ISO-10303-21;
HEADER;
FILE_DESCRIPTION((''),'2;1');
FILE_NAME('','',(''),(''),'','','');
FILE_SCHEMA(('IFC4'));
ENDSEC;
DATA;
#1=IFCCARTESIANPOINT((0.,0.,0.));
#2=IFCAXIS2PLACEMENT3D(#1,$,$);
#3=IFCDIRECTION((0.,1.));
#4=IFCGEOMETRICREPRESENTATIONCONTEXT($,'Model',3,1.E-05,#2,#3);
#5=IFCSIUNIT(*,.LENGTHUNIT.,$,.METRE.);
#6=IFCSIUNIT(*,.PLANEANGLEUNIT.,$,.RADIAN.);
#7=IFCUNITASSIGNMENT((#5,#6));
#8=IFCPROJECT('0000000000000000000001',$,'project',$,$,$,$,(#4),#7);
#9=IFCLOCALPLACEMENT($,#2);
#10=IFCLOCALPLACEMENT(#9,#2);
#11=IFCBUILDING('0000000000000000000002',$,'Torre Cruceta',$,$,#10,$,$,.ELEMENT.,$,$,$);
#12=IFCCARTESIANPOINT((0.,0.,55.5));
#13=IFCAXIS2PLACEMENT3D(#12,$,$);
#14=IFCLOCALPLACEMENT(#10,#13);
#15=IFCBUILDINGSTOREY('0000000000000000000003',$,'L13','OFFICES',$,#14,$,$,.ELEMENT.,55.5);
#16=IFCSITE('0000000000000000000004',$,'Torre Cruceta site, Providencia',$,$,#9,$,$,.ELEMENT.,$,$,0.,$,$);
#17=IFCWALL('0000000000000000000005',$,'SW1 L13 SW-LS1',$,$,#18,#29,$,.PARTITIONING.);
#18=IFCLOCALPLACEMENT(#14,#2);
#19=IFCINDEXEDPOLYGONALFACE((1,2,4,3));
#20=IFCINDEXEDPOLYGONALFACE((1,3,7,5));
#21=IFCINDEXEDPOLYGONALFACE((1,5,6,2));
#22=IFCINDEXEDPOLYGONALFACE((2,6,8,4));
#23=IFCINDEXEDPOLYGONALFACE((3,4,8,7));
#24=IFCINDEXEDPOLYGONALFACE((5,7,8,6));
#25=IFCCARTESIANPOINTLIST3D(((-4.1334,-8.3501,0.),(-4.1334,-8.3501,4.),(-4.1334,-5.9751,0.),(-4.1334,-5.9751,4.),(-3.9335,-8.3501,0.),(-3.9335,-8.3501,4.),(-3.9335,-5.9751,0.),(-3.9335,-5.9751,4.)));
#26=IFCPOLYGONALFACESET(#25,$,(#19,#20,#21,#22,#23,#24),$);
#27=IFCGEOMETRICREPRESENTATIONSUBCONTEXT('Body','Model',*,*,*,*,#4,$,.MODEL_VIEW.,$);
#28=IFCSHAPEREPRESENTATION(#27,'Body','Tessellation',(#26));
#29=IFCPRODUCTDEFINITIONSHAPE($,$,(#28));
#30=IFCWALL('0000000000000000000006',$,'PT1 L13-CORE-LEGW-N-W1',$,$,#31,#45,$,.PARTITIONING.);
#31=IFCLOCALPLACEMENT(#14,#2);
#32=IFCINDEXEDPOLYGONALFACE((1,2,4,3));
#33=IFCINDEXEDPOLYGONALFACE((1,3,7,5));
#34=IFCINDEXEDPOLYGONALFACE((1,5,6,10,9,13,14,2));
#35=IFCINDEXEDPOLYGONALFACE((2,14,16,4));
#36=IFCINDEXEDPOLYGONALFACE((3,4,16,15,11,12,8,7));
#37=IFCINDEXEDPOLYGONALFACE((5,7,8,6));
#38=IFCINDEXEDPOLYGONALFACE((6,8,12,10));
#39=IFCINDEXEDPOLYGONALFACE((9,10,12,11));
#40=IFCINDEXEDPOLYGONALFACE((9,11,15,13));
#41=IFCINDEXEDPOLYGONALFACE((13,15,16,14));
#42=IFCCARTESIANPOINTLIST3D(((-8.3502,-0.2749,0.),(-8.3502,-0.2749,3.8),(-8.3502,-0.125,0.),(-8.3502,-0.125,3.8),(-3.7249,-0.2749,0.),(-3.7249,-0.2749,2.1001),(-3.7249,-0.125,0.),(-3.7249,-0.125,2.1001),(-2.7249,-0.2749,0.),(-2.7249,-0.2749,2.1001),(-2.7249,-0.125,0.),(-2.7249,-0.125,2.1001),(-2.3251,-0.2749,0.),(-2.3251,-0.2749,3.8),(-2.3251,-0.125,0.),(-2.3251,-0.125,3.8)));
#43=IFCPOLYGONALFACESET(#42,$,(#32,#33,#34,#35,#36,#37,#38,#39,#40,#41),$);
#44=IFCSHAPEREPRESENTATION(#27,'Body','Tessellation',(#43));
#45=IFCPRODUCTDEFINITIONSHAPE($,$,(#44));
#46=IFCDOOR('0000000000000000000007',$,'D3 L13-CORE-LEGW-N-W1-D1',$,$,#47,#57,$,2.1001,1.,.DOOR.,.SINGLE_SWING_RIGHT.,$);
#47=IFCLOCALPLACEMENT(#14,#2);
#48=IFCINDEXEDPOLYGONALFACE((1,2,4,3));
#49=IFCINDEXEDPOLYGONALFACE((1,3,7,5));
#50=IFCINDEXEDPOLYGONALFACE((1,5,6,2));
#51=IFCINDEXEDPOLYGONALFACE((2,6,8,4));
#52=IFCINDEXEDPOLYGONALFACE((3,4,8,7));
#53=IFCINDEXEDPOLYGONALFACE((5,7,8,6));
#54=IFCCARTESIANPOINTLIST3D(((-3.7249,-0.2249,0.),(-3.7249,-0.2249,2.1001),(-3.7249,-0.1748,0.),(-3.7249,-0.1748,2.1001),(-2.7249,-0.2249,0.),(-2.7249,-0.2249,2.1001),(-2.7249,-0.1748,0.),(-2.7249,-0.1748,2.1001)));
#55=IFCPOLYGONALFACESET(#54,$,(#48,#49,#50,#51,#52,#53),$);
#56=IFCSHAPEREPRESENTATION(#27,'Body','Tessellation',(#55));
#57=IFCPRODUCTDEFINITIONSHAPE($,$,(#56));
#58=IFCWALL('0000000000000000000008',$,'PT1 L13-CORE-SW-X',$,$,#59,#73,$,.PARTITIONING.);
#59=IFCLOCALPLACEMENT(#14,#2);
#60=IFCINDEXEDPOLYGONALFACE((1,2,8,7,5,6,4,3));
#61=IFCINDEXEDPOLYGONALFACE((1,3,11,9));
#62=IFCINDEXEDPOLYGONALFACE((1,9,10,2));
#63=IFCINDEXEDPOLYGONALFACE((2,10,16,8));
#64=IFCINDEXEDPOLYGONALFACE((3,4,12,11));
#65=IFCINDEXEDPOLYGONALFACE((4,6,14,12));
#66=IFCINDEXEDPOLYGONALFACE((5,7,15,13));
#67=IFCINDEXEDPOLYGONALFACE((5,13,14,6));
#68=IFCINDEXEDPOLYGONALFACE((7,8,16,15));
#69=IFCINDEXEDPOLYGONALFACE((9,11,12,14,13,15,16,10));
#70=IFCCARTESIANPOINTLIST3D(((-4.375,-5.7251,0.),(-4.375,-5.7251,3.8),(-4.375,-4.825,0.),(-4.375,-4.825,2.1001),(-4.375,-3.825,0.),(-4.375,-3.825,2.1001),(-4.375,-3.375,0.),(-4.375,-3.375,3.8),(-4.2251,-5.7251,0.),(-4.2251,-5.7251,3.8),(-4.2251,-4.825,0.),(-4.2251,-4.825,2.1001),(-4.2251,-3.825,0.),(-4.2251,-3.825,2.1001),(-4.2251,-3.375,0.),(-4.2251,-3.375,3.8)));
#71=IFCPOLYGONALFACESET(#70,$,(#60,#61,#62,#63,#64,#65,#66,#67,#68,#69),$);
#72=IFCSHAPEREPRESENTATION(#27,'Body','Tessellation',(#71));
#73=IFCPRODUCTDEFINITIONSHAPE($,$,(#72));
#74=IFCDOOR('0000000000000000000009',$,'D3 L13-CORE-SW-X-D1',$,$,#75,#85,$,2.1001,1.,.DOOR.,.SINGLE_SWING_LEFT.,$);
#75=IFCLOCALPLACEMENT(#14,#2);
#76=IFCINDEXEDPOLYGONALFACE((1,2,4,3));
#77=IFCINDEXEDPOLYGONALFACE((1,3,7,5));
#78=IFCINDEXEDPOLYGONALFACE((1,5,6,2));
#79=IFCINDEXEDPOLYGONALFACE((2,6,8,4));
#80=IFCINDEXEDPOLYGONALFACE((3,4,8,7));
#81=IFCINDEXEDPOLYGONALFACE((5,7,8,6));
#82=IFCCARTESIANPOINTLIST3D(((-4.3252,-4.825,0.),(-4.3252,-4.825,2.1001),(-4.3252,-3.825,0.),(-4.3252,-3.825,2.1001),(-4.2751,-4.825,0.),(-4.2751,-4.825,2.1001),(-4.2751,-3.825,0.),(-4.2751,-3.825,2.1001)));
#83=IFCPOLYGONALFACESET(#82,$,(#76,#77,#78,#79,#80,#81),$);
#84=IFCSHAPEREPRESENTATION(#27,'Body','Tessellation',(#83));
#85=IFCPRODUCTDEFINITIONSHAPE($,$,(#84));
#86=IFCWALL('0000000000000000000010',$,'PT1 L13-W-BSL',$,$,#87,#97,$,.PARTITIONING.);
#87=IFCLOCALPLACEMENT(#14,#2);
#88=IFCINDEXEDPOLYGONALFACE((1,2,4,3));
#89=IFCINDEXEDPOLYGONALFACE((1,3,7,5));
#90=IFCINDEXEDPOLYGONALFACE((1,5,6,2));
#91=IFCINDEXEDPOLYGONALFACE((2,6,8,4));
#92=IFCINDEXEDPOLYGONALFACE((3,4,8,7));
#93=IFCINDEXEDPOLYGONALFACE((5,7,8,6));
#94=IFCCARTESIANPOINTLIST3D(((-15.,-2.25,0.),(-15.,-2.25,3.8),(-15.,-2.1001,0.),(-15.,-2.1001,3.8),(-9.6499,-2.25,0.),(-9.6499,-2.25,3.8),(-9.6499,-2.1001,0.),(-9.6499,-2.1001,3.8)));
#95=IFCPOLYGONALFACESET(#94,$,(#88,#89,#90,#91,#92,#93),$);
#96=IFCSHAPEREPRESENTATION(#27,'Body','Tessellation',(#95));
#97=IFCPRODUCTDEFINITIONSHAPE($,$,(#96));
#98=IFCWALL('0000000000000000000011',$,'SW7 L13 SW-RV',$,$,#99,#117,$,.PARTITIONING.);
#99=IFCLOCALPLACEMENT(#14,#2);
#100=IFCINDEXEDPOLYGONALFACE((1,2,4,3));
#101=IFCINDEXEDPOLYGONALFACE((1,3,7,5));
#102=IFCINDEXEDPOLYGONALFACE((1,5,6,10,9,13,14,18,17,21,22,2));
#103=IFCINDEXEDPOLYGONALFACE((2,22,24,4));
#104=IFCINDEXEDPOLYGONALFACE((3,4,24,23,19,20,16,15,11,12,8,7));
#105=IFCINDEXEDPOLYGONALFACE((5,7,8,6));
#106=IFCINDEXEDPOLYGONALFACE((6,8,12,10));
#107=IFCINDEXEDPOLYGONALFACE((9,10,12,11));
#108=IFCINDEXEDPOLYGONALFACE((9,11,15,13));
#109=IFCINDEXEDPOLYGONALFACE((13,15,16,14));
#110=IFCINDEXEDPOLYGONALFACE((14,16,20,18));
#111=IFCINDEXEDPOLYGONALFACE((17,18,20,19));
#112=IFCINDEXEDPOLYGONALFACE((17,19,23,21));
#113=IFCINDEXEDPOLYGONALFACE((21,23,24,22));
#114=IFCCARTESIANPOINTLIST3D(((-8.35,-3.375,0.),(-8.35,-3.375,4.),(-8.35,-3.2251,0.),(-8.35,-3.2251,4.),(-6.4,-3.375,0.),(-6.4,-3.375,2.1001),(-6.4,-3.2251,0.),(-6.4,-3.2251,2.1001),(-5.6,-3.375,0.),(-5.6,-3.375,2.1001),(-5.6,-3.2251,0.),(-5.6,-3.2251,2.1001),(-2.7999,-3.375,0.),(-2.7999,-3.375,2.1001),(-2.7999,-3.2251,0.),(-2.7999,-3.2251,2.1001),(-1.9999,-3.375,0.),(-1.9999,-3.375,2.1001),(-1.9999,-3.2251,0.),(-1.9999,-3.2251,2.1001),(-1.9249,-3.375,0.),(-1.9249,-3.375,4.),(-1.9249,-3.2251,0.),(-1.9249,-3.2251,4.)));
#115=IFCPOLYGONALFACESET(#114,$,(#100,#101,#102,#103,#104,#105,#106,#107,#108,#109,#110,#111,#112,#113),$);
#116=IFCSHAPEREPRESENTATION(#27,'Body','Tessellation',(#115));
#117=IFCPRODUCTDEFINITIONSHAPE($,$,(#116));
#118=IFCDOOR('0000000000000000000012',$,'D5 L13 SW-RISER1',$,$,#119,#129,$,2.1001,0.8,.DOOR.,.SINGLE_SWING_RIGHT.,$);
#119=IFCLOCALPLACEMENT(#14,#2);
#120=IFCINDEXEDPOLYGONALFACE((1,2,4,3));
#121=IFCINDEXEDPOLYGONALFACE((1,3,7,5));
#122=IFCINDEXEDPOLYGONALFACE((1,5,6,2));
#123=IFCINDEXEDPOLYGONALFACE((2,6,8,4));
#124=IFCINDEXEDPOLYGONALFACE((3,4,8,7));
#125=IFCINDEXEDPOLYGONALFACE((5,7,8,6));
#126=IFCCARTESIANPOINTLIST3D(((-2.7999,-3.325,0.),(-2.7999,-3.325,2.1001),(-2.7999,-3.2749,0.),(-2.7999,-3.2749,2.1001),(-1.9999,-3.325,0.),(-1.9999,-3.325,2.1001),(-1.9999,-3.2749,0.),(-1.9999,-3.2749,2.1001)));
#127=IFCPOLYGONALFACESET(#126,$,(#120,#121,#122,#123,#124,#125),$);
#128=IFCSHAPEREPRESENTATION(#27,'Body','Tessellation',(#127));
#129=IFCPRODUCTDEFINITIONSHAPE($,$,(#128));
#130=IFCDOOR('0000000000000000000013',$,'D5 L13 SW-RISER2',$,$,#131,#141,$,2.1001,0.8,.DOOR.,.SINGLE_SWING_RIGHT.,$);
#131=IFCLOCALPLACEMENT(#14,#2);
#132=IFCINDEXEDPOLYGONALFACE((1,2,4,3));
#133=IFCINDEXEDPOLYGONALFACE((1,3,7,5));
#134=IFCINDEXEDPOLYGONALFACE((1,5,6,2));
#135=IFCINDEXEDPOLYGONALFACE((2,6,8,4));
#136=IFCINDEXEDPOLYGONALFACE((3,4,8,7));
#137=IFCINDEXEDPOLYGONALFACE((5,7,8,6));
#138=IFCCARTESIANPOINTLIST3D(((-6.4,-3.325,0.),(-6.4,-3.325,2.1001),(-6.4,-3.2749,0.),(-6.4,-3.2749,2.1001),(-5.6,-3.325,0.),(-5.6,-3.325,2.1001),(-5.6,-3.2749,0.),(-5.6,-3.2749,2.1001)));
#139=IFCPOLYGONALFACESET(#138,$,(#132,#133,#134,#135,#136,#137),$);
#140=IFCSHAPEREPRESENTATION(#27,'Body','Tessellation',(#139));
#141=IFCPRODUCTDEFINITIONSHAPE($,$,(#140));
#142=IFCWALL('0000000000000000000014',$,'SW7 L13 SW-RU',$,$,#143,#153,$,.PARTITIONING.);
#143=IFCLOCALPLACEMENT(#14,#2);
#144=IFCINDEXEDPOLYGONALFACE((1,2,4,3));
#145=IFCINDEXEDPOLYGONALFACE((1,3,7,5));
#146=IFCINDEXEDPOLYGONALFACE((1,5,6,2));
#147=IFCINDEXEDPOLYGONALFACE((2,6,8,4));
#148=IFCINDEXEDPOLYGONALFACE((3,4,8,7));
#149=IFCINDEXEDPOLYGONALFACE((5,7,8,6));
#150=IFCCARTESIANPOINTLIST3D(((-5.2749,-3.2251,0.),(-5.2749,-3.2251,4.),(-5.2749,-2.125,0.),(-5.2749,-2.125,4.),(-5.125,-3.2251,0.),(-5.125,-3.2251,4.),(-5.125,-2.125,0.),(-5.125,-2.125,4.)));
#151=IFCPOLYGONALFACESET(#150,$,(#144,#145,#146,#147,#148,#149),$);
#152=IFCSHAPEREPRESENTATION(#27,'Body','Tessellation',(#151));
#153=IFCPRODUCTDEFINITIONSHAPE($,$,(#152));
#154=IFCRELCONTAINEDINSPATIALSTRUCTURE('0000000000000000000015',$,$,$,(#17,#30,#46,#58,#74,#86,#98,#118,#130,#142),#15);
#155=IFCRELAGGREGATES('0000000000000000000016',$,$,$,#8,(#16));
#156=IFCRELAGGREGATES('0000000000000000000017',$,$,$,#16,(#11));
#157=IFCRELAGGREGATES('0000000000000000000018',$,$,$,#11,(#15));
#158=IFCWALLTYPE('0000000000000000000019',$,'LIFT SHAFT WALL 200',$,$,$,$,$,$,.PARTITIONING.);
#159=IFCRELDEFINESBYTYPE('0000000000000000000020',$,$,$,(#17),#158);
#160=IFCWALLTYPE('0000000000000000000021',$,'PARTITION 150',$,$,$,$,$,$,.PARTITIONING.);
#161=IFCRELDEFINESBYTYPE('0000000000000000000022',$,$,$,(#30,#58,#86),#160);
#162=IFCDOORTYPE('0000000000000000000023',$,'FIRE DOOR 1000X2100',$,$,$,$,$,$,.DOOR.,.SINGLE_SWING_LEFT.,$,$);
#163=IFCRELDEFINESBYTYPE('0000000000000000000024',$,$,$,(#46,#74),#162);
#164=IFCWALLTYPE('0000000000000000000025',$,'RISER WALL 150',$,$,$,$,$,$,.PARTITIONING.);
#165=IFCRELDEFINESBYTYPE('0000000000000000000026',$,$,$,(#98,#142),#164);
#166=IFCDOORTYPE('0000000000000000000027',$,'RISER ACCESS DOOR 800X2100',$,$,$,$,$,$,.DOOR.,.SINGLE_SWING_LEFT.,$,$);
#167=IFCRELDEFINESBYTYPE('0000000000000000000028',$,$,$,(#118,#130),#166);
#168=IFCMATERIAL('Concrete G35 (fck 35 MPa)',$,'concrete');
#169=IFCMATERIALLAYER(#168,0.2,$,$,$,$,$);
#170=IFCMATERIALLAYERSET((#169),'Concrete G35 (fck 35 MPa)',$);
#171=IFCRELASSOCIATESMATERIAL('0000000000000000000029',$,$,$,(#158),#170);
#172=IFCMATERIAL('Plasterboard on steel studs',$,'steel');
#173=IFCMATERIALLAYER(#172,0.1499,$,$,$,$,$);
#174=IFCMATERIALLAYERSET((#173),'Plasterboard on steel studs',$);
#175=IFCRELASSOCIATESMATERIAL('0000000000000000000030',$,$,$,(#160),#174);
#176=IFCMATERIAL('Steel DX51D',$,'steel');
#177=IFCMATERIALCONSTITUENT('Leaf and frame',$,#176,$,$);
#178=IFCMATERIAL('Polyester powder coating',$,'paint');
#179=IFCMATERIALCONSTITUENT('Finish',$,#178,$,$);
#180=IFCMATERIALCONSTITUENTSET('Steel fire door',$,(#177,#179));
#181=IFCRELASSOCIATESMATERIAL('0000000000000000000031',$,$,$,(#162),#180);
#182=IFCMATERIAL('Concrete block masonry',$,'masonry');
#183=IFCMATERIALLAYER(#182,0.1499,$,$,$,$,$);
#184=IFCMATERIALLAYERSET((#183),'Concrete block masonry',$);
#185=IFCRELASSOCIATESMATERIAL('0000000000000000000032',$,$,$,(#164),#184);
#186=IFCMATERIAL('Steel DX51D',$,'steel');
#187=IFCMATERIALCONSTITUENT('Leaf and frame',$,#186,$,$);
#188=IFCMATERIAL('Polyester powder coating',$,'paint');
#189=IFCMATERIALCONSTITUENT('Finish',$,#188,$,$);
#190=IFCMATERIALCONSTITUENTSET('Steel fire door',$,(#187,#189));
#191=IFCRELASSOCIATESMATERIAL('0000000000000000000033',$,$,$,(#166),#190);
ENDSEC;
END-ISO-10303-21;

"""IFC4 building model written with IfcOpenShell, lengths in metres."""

from ifc_helpers import new_model, si_unit, direction, frame, frame_2d, origin, place, context, subcontext, project, spatial, rectangle, extrude, material, layer, layer_set, constituent, constituent_set, type_object, element, fill, save


model = new_model("IFC4")

# Units and contexts
model_context = context("Model", 3, precision=1e-05, world=origin(), true_north=direction((0.0, 1.0)))
body_context = subcontext(model_context, "Body", "Model", "MODEL_VIEW")
ifc_project = project(units=[si_unit("LENGTHUNIT", "METRE"), si_unit("PLANEANGLEUNIT", "RADIAN")], contexts=[model_context])

# Site, building, storey
site_placement = place(None, origin())
site = spatial("IfcSite", under=ifc_project, at=site_placement, Name="Torre Cruceta site, Providencia", CompositionType="ELEMENT", RefElevation=0.0)
building_placement = place(site_placement, origin())
building = spatial("IfcBuilding", under=site, at=building_placement, Name="Torre Cruceta", CompositionType="ELEMENT")
storey_placement = place(building_placement, frame((0.0, 0.0, 55.5)))
storey = spatial("IfcBuildingStorey", under=building, at=storey_placement, Name="L13", Description="OFFICES", CompositionType="ELEMENT", Elevation=55.5)

# Wall
ifc_material_1 = material(Name="Concrete G35 (fck 35 MPa)", Category="concrete")
ifc_layer_1 = layer(ifc_material_1, 0.2)
ifc_layer_set_1 = layer_set([ifc_layer_1], Name="Concrete G35 (fck 35 MPa)")
wall_type_1 = type_object("IfcWallType", Name="LIFT SHAFT WALL 200", PredefinedType="PARTITIONING", material=ifc_layer_set_1)
wall_1_placement = place(storey_placement, frame((-4.0334, -5.9751, 0.0), z_axis=(0.0, 0.0, 1.0), x_axis=(0.0, -1.0, 0.0)))
element("IfcWall", 1, at=wall_1_placement, inside=storey, type_object=wall_type_1, Name="SW1 L13 SW-LS1", PredefinedType="PARTITIONING", context=body_context, shape_type="SweptSolid", body=[
    extrude(rectangle(XDim=2.375, YDim=0.2, at=frame_2d((1.1875, 0.0))), origin(), (0.0, 0.0, 1.0), 4.0),
])

# Walls, openings, doors
ifc_material_2 = material(Name="Plasterboard on steel studs", Category="steel")
ifc_layer_2 = layer(ifc_material_2, 0.1499)
ifc_layer_set_2 = layer_set([ifc_layer_2], Name="Plasterboard on steel studs")
wall_type_2 = type_object("IfcWallType", Name="PARTITION 150", PredefinedType="PARTITIONING", material=ifc_layer_set_2)
wall_2_placement = place(storey_placement, frame((-2.325, -0.2, 0.0), z_axis=(0.0, 0.0, 1.0), x_axis=(-1.0, 0.0, 0.0)))
wall_2 = element("IfcWall", 2, at=wall_2_placement, inside=storey, type_object=wall_type_2, Name="PT1 L13-CORE-LEGW-N-W1", PredefinedType="PARTITIONING", context=body_context, shape_type="SweptSolid", body=[
    extrude(rectangle(XDim=6.0251, YDim=0.1499, at=frame_2d((3.0127, 0.0))), origin(), (0.0, 0.0, 1.0), 3.8),
])
opening_1_placement = place(wall_2_placement, frame((0.3999, 0.0, 0.0)))
opening_1 = element("IfcOpeningElement", 3, at=opening_1_placement, cuts=wall_2, PredefinedType="OPENING", context=body_context, shape_type="SweptSolid", body=[
    extrude(rectangle(XDim=1.0, YDim=2.1001, at=frame_2d((0.5, 1.05))), frame((0.0, 0.085, 0.0), z_axis=(0.0, -1.0, 0.0), x_axis=(1.0, 0.0, 0.0)), (0.0, 0.0, 1.0), 0.1699),
])
ifc_material_3 = material(Name="Steel DX51D", Category="steel")
ifc_constituent_1 = constituent(ifc_material_3, Name="Leaf and frame")
ifc_material_4 = material(Name="Polyester powder coating", Category="paint")
ifc_constituent_2 = constituent(ifc_material_4, Name="Finish")
ifc_constituent_set_1 = constituent_set(constituents=[ifc_constituent_1, ifc_constituent_2], Name="Steel fire door")
door_type_1 = type_object("IfcDoorType", Name="FIRE DOOR 1000X2100", OperationType="SINGLE_SWING_LEFT", PredefinedType="DOOR", material=ifc_constituent_set_1)
door_1_placement = place(opening_1_placement, frame((1.0, 0.0, 0.0), z_axis=(0.0, 0.0, 1.0), x_axis=(-1.0, 0.0, 0.0)))
door_1 = element("IfcDoor", 4, at=door_1_placement, inside=storey, type_object=door_type_1, Name="D3 L13-CORE-LEGW-N-W1-D1", OperationType="SINGLE_SWING_RIGHT", OverallHeight=2.1001, OverallWidth=1.0, PredefinedType="DOOR", context=body_context, shape_type="SweptSolid", body=[
    extrude(rectangle(XDim=1.0, YDim=2.1001, at=frame_2d((0.5, 1.05))), frame((0.0, 0.0251, 0.0), z_axis=(0.0, -1.0, 0.0), x_axis=(1.0, 0.0, 0.0)), (0.0, 0.0, 1.0), 0.05),
])
fill(opening_1, door_1)
wall_3_placement = place(storey_placement, frame((-4.3, -3.375, 0.0), z_axis=(0.0, 0.0, 1.0), x_axis=(0.0, -1.0, 0.0)))
wall_3 = element("IfcWall", 5, at=wall_3_placement, inside=storey, type_object=wall_type_2, Name="PT1 L13-CORE-SW-X", PredefinedType="PARTITIONING", context=body_context, shape_type="SweptSolid", body=[
    extrude(rectangle(XDim=2.3501, YDim=0.1499, at=frame_2d((1.175, 0.0))), origin(), (0.0, 0.0, 1.0), 3.8),
])
opening_2_placement = place(wall_3_placement, frame((0.45, 0.0, 0.0)))
opening_2 = element("IfcOpeningElement", 6, at=opening_2_placement, cuts=wall_3, PredefinedType="OPENING", context=body_context, shape_type="SweptSolid", body=[
    extrude(rectangle(XDim=1.0, YDim=2.1001, at=frame_2d((0.5, 1.05))), frame((0.0, 0.085, 0.0), z_axis=(0.0, -1.0, 0.0), x_axis=(1.0, 0.0, 0.0)), (0.0, 0.0, 1.0), 0.1699),
])
door_2_placement = place(opening_2_placement, origin())
door_2 = element("IfcDoor", 7, at=door_2_placement, inside=storey, type_object=door_type_1, Name="D3 L13-CORE-SW-X-D1", OperationType="SINGLE_SWING_LEFT", OverallHeight=2.1001, OverallWidth=1.0, PredefinedType="DOOR", context=body_context, shape_type="SweptSolid", body=[
    extrude(rectangle(XDim=1.0, YDim=2.1001, at=frame_2d((0.5, 1.05))), frame((0.0, 0.0249, 0.0), z_axis=(0.0, -1.0, 0.0), x_axis=(1.0, 0.0, 0.0)), (0.0, 0.0, 1.0), 0.05),
])
fill(opening_2, door_2)

# Wall
wall_4_placement = place(storey_placement, frame((-9.6499, -2.175, 0.0), z_axis=(0.0, 0.0, 1.0), x_axis=(-1.0, 0.0, 0.0)))
element("IfcWall", 8, at=wall_4_placement, inside=storey, type_object=wall_type_2, Name="PT1 L13-W-BSL", PredefinedType="PARTITIONING", context=body_context, shape_type="SweptSolid", body=[
    extrude(rectangle(XDim=5.3501, YDim=0.1499, at=frame_2d((2.675, 0.0))), origin(), (0.0, 0.0, 1.0), 3.8),
])

# Wall, openings, doors
ifc_material_5 = material(Name="Concrete block masonry", Category="masonry")
ifc_layer_3 = layer(ifc_material_5, 0.1499)
ifc_layer_set_3 = layer_set([ifc_layer_3], Name="Concrete block masonry")
wall_type_3 = type_object("IfcWallType", Name="RISER WALL 150", PredefinedType="PARTITIONING", material=ifc_layer_set_3)
wall_5_placement = place(storey_placement, frame((-1.925, -3.3, 0.0), z_axis=(0.0, 0.0, 1.0), x_axis=(-1.0, 0.0, 0.0)))
wall_5 = element("IfcWall", 9, at=wall_5_placement, inside=storey, type_object=wall_type_3, Name="SW7 L13 SW-RV", PredefinedType="PARTITIONING", context=body_context, shape_type="SweptSolid", body=[
    extrude(rectangle(XDim=6.425, YDim=0.1499, at=frame_2d((3.2124, 0.0))), origin(), (0.0, 0.0, 1.0), 4.0),
])
opening_3_placement = place(wall_5_placement, frame((0.075, 0.0, 0.0)))
opening_3 = element("IfcOpeningElement", 10, at=opening_3_placement, cuts=wall_5, PredefinedType="OPENING", context=body_context, shape_type="SweptSolid", body=[
    extrude(rectangle(XDim=0.8, YDim=2.1001, at=frame_2d((0.3999, 1.05))), frame((0.0, 0.085, 0.0), z_axis=(0.0, -1.0, 0.0), x_axis=(1.0, 0.0, 0.0)), (0.0, 0.0, 1.0), 0.1699),
])
opening_4_placement = place(wall_5_placement, frame((3.675, 0.0, 0.0)))
opening_4 = element("IfcOpeningElement", 11, at=opening_4_placement, cuts=wall_5, PredefinedType="OPENING", context=body_context, shape_type="SweptSolid", body=[
    extrude(rectangle(XDim=0.8, YDim=2.1001, at=frame_2d((0.3999, 1.05))), frame((0.0, 0.085, 0.0), z_axis=(0.0, -1.0, 0.0), x_axis=(1.0, 0.0, 0.0)), (0.0, 0.0, 1.0), 0.1699),
])
ifc_material_6 = material(Name="Steel DX51D", Category="steel")
ifc_constituent_3 = constituent(ifc_material_6, Name="Leaf and frame")
ifc_material_7 = material(Name="Polyester powder coating", Category="paint")
ifc_constituent_4 = constituent(ifc_material_7, Name="Finish")
ifc_constituent_set_2 = constituent_set(constituents=[ifc_constituent_3, ifc_constituent_4], Name="Steel fire door")
door_type_2 = type_object("IfcDoorType", Name="RISER ACCESS DOOR 800X2100", OperationType="SINGLE_SWING_LEFT", PredefinedType="DOOR", material=ifc_constituent_set_2)
door_3_placement = place(opening_3_placement, frame((0.8, 0.0, 0.0), z_axis=(0.0, 0.0, 1.0), x_axis=(-1.0, 0.0, 0.0)))
door_3 = element("IfcDoor", 12, at=door_3_placement, inside=storey, type_object=door_type_2, Name="D5 L13 SW-RISER1", OperationType="SINGLE_SWING_RIGHT", OverallHeight=2.1001, OverallWidth=0.8, PredefinedType="DOOR", context=body_context, shape_type="SweptSolid", body=[
    extrude(rectangle(XDim=0.8, YDim=2.1001, at=frame_2d((0.4001, 1.05))), frame((0.0, 0.0251, 0.0), z_axis=(0.0, -1.0, 0.0), x_axis=(1.0, 0.0, 0.0)), (0.0, 0.0, 1.0), 0.05),
])
fill(opening_3, door_3)
door_4_placement = place(opening_4_placement, frame((0.8, 0.0, 0.0), z_axis=(0.0, 0.0, 1.0), x_axis=(-1.0, 0.0, 0.0)))
door_4 = element("IfcDoor", 13, at=door_4_placement, inside=storey, type_object=door_type_2, Name="D5 L13 SW-RISER2", OperationType="SINGLE_SWING_RIGHT", OverallHeight=2.1001, OverallWidth=0.8, PredefinedType="DOOR", context=body_context, shape_type="SweptSolid", body=[
    extrude(rectangle(XDim=0.8, YDim=2.1001, at=frame_2d((0.4001, 1.05))), frame((0.0, 0.0251, 0.0), z_axis=(0.0, -1.0, 0.0), x_axis=(1.0, 0.0, 0.0)), (0.0, 0.0, 1.0), 0.05),
])
fill(opening_4, door_4)

# Wall
wall_6_placement = place(storey_placement, frame((-5.2, -2.125, 0.0), z_axis=(0.0, 0.0, 1.0), x_axis=(0.0, -1.0, 0.0)))
element("IfcWall", 14, at=wall_6_placement, inside=storey, type_object=wall_type_3, Name="SW7 L13 SW-RU", PredefinedType="PARTITIONING", context=body_context, shape_type="SweptSolid", body=[
    extrude(rectangle(XDim=1.1001, YDim=0.1499, at=frame_2d((0.55, 0.0))), origin(), (0.0, 0.0, 1.0), 4.0),
])

save(model, "model.ifc")
